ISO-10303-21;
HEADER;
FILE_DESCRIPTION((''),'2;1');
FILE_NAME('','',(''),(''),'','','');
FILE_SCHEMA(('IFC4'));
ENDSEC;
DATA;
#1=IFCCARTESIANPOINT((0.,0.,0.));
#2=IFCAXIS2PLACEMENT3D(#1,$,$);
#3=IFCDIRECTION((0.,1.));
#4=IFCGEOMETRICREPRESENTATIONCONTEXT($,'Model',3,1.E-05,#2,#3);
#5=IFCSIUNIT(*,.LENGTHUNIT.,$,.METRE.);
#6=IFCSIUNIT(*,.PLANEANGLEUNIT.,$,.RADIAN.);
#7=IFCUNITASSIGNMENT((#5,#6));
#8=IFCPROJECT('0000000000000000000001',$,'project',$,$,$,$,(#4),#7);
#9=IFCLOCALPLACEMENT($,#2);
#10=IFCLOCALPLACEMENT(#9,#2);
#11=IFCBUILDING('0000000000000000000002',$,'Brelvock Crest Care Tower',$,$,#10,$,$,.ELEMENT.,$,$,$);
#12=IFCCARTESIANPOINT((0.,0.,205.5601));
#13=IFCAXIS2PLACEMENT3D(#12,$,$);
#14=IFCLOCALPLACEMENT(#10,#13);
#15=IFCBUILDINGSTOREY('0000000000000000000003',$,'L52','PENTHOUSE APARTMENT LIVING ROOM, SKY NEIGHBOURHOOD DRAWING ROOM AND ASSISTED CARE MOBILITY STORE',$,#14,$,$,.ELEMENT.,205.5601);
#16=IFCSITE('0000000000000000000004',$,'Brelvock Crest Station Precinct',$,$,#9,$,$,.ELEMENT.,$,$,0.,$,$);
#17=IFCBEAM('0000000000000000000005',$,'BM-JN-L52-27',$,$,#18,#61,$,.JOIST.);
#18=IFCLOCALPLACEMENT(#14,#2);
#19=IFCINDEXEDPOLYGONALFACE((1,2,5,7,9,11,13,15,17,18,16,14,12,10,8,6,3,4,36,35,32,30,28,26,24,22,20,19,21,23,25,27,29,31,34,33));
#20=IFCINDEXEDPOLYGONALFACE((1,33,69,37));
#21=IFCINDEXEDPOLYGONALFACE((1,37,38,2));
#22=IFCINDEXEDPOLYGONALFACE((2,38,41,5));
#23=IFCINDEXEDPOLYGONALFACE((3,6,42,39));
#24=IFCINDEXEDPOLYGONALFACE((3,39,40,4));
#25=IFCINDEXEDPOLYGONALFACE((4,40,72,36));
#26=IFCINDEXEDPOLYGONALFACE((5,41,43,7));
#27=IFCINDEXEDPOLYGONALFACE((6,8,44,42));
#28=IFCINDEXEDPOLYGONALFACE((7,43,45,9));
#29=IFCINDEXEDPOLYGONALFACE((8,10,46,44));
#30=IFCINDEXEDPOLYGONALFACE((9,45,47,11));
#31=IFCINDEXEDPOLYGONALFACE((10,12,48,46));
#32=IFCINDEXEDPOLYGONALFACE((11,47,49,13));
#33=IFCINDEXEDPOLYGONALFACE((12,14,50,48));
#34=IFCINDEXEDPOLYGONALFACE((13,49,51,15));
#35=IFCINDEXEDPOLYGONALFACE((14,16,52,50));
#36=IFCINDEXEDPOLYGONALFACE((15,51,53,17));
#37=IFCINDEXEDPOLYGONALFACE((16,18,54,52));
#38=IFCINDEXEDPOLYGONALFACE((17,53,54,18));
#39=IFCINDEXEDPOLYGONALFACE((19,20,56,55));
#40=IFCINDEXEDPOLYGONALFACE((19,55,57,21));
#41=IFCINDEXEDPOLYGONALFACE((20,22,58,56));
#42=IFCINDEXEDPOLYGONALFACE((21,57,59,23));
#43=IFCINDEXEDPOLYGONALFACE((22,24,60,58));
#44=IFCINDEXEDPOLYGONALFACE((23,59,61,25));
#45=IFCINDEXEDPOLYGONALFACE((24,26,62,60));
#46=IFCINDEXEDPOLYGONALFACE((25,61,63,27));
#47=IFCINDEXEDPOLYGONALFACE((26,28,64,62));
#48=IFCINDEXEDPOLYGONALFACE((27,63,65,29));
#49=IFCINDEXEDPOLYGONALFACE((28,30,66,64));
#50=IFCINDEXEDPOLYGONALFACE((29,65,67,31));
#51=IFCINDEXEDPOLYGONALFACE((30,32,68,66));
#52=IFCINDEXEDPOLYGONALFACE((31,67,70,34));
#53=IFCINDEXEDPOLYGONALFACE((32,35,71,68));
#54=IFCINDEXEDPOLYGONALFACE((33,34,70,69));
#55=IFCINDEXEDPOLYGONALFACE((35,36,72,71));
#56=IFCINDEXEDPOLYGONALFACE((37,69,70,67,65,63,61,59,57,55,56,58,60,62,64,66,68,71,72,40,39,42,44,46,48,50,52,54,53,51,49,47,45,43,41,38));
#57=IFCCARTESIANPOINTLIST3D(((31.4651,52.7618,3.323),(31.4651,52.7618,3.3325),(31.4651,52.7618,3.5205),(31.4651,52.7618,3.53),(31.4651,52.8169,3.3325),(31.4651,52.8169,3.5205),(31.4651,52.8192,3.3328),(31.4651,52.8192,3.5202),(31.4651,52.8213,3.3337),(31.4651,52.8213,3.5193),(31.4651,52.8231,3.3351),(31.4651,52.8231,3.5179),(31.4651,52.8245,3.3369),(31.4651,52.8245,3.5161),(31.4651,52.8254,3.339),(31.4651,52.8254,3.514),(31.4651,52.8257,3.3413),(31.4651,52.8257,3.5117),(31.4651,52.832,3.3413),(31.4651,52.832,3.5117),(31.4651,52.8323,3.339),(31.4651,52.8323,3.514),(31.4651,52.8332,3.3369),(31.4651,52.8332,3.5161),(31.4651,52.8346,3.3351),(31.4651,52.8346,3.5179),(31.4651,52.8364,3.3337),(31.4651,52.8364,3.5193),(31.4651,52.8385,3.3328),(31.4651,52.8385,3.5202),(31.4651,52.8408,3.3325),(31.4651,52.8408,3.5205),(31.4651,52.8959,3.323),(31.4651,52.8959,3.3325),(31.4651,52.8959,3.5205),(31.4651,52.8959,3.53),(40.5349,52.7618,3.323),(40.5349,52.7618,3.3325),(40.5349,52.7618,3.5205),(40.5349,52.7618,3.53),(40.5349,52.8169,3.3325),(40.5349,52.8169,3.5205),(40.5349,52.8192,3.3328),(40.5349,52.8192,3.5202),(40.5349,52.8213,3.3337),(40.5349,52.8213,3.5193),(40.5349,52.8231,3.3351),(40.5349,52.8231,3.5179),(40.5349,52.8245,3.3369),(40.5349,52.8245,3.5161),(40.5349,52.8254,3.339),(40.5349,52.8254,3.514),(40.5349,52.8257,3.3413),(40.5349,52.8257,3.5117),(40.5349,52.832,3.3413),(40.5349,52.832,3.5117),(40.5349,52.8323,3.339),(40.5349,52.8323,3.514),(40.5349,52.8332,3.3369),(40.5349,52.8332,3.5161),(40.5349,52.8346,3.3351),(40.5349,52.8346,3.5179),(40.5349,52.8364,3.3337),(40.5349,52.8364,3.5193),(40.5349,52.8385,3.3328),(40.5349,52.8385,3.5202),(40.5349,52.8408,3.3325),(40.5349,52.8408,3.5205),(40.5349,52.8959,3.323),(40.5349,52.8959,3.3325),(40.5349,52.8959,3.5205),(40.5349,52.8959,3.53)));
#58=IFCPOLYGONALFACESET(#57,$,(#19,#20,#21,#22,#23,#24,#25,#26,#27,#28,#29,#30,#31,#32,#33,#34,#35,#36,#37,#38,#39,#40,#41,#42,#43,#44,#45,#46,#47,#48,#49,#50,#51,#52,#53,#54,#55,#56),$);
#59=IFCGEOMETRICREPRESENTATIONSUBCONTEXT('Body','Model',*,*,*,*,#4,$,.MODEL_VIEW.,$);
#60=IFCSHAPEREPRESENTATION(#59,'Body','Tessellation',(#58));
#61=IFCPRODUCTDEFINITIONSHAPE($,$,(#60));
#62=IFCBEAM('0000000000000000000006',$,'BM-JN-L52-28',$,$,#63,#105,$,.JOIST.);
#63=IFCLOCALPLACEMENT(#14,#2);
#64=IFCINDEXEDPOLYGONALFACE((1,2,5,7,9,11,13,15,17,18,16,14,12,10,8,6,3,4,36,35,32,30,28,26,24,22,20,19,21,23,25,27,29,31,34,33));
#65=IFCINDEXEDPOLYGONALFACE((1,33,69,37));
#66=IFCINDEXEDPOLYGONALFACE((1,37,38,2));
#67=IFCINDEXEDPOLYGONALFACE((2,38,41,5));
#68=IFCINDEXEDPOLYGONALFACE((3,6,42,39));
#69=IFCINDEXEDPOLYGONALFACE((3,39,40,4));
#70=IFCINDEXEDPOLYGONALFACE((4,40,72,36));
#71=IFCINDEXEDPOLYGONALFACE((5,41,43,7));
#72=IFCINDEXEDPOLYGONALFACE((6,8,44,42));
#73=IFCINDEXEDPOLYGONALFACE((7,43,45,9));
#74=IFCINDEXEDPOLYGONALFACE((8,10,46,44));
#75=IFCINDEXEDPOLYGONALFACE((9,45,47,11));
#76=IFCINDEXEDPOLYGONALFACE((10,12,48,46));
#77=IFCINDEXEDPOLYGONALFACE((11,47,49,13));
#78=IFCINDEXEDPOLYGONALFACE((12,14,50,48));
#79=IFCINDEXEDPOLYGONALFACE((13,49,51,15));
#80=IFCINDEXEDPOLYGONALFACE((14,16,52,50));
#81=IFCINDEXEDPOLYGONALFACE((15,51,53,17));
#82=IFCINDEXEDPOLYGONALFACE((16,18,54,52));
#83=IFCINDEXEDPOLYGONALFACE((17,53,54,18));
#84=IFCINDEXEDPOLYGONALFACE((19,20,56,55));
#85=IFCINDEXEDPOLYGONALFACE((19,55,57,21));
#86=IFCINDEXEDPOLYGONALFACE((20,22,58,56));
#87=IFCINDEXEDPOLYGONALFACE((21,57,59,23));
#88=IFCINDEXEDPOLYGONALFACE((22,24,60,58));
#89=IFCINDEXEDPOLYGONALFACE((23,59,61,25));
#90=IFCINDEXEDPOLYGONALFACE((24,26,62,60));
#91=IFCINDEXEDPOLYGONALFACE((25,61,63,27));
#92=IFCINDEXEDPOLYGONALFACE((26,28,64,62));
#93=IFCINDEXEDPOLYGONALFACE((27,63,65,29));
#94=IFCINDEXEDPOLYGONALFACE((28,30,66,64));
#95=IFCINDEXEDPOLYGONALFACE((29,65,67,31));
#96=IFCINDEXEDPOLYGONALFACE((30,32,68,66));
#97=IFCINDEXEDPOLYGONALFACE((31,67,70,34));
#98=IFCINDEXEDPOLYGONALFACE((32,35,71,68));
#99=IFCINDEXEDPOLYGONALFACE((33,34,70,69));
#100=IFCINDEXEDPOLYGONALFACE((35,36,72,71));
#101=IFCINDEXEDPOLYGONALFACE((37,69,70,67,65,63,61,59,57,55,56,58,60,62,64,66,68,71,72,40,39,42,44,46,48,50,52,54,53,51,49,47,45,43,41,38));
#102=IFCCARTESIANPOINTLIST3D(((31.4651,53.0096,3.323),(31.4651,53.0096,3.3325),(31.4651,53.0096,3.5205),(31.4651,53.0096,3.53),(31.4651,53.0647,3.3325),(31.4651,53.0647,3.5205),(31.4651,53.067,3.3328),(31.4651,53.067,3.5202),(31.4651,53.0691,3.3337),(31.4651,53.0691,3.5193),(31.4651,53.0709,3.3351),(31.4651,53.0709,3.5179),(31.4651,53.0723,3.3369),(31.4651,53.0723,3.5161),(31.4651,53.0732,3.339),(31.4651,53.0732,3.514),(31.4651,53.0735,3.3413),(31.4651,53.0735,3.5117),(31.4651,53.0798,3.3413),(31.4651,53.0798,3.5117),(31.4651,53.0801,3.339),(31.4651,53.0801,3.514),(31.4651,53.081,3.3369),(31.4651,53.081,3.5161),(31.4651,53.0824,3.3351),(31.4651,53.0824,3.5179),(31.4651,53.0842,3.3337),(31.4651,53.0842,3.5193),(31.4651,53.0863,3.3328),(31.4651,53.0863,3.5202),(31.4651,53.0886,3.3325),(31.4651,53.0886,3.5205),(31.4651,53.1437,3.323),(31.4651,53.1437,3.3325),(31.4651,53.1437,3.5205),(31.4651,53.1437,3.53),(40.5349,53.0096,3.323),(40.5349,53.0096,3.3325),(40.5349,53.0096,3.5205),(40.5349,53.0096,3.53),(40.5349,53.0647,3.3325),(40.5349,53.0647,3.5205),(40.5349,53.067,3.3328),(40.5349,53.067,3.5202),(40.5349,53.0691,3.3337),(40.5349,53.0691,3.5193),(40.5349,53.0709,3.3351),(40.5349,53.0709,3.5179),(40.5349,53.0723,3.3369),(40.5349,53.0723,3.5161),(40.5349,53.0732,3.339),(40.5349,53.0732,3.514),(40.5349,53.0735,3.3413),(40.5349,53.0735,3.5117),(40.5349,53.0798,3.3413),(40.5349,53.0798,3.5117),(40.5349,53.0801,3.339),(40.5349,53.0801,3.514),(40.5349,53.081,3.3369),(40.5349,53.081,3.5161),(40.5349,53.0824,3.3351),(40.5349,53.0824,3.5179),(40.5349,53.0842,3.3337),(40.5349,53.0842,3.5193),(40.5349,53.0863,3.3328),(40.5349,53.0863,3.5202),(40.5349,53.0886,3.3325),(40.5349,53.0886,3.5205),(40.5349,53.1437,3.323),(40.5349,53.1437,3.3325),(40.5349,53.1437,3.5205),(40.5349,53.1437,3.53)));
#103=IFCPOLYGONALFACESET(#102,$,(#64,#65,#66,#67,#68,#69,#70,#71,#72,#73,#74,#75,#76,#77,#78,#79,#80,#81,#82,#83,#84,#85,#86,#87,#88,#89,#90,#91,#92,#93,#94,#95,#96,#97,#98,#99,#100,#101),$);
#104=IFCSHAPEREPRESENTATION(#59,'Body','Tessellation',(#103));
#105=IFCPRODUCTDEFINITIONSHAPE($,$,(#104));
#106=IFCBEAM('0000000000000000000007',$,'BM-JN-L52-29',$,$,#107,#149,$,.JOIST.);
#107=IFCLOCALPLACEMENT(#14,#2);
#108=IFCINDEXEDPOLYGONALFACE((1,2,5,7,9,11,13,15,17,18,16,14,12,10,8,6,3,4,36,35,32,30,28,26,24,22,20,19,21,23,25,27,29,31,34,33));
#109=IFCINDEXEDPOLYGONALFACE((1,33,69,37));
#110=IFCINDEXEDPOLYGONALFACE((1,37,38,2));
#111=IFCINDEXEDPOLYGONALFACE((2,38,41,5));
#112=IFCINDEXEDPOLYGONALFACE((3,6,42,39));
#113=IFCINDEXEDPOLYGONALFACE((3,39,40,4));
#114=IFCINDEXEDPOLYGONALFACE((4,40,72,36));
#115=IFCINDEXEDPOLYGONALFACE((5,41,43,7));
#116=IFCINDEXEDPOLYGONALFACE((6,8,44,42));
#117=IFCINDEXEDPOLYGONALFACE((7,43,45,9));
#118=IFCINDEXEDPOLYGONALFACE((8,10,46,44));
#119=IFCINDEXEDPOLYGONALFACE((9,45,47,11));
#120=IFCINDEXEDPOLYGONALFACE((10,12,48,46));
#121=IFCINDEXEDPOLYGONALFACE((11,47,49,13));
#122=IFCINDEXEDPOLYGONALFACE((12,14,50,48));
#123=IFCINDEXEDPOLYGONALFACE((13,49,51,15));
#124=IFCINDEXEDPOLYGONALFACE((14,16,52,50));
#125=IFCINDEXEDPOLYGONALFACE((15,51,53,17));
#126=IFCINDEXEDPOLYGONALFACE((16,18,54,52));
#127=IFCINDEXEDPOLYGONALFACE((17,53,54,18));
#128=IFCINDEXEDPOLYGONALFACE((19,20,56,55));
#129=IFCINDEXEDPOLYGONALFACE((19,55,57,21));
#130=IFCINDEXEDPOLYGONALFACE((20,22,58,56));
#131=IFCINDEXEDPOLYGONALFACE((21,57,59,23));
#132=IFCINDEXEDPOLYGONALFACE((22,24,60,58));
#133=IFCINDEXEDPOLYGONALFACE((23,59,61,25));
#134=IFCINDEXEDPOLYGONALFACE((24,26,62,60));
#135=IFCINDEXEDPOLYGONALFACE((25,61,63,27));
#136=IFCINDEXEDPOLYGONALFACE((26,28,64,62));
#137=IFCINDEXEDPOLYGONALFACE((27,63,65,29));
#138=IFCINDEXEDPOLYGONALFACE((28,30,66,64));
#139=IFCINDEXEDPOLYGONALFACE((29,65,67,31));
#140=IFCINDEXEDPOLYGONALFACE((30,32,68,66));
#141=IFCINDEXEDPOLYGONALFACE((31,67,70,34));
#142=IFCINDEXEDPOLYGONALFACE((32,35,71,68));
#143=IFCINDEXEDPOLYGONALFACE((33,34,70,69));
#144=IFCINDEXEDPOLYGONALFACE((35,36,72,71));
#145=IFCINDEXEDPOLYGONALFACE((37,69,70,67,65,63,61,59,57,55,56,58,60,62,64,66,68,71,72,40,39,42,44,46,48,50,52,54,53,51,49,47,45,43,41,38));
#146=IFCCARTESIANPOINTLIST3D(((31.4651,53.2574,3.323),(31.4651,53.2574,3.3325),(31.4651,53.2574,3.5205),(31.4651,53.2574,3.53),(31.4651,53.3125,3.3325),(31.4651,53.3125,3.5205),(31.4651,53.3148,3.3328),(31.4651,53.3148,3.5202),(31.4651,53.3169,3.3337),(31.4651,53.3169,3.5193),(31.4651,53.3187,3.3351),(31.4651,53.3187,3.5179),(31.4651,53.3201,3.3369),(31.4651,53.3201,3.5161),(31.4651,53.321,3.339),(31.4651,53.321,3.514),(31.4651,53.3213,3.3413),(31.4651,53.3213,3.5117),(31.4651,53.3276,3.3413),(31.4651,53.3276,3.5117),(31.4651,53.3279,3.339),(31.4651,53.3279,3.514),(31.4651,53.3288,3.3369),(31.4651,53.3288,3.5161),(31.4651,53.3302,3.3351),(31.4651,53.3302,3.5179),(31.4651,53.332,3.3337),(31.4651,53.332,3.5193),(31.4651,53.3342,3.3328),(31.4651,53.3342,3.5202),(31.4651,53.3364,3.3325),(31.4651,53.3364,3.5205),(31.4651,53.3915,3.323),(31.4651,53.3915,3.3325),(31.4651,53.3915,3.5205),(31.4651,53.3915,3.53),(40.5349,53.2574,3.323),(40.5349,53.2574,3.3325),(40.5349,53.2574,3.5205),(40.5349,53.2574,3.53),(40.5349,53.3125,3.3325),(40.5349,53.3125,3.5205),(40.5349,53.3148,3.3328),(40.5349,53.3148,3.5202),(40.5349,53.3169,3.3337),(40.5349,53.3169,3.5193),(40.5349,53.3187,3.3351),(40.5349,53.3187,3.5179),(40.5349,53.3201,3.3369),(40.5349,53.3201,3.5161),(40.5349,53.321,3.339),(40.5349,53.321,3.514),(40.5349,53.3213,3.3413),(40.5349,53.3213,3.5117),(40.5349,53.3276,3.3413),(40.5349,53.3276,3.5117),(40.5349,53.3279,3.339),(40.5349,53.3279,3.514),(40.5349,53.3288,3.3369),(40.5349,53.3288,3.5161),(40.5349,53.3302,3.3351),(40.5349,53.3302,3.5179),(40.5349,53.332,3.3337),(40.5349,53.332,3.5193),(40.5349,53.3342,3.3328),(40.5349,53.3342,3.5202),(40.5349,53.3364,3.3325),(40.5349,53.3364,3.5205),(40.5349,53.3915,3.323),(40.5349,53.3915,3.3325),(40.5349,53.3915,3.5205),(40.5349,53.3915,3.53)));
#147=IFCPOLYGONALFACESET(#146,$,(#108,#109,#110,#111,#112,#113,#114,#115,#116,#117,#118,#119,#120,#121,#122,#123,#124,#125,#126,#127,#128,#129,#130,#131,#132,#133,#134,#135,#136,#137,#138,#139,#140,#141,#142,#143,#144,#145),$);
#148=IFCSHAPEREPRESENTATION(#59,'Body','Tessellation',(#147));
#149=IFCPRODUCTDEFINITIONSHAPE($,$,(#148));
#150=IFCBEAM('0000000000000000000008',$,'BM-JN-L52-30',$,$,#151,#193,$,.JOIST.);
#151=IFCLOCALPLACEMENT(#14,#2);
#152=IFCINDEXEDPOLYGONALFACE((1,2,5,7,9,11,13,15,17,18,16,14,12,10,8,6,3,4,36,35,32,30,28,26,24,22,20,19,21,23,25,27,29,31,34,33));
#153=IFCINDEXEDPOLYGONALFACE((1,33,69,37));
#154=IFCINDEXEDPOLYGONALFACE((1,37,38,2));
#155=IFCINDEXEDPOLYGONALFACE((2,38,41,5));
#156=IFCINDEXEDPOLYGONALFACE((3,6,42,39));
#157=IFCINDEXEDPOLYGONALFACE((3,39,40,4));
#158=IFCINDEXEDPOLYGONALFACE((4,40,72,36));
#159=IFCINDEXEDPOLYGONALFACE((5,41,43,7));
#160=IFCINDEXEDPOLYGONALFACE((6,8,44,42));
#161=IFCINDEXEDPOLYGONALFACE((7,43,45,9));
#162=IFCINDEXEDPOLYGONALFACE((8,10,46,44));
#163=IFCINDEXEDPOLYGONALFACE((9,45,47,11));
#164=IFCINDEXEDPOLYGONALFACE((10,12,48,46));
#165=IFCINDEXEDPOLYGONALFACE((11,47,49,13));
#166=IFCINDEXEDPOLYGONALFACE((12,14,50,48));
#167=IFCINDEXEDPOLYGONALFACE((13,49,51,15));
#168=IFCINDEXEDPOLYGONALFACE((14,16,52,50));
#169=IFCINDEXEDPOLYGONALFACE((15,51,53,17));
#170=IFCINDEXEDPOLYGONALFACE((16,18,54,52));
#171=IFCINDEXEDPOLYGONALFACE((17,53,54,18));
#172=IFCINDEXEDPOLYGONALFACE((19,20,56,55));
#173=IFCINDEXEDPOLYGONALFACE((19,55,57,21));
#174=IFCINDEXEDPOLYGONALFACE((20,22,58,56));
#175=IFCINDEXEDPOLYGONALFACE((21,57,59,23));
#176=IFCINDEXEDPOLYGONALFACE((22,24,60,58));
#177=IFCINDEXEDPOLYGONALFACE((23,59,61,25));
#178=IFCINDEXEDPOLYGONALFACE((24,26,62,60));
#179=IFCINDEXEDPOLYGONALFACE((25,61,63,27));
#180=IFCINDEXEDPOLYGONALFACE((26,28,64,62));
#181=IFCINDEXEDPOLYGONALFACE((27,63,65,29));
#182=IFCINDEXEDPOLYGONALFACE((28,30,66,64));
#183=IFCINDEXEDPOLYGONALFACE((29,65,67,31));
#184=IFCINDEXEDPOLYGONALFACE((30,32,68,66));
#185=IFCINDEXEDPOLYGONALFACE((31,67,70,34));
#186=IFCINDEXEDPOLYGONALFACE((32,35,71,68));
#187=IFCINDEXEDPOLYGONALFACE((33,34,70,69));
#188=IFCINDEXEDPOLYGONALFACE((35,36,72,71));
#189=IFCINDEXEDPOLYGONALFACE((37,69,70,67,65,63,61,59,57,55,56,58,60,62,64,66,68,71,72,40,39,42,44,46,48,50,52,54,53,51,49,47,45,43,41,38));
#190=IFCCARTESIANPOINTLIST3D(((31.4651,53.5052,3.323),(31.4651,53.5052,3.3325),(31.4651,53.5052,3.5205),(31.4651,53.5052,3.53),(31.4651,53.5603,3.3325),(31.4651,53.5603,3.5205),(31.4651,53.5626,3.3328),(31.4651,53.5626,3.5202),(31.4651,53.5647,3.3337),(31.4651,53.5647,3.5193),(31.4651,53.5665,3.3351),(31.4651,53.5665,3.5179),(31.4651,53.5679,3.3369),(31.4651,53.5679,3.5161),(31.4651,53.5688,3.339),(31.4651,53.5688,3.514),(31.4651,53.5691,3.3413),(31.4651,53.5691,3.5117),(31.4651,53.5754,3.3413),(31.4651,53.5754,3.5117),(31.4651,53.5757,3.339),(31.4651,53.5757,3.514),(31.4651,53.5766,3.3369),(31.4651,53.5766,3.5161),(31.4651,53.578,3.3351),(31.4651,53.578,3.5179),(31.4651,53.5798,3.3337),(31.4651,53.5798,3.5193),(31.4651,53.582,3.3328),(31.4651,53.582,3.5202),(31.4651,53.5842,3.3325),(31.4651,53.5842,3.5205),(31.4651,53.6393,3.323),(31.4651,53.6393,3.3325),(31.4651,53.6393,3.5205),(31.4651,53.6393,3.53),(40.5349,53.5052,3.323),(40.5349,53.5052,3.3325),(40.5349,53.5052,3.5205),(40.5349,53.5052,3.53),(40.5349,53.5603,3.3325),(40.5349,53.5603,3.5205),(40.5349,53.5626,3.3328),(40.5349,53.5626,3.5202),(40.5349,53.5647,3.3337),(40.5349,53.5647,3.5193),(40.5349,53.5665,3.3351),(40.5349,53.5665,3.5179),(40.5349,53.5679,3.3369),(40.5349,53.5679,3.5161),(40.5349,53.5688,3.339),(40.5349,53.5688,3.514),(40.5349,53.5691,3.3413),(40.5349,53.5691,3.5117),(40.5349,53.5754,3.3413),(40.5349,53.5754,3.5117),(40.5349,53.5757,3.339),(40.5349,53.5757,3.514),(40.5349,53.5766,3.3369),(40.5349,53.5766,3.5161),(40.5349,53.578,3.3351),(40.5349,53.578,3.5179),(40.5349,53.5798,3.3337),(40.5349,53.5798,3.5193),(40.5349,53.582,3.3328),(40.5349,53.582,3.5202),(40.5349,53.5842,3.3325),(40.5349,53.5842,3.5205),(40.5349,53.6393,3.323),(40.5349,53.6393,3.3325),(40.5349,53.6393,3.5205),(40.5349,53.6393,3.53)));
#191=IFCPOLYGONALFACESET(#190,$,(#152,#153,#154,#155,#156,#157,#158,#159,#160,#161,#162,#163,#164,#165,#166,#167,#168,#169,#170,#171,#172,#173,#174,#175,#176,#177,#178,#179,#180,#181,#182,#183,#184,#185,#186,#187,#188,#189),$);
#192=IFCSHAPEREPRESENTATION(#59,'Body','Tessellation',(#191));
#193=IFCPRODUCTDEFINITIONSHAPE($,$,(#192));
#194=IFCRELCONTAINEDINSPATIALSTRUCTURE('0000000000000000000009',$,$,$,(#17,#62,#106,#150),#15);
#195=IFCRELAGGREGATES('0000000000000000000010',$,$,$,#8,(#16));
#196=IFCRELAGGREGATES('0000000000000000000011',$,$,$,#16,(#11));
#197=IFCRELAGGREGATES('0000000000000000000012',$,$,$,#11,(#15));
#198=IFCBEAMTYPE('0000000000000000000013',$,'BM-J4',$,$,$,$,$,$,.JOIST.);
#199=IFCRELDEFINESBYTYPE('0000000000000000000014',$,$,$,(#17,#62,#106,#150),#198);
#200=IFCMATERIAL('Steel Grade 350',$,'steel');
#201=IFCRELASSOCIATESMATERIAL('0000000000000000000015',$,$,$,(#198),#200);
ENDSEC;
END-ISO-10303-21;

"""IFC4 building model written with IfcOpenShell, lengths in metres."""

from ifc_helpers import new_model, si_unit, direction, frame, origin, origin_2d, place, context, subcontext, project, spatial, i_section, extrude, source, transform, mapped, material, material_profile, profile_set, type_object, element, save


model = new_model("IFC4")

# Units and contexts
model_context = context("Model", 3, precision=1e-05, world=origin(), true_north=direction((0.0, 1.0)))
body_context = subcontext(model_context, "Body", "Model", "MODEL_VIEW")
ifc_project = project(units=[si_unit("LENGTHUNIT", "METRE"), si_unit("PLANEANGLEUNIT", "RADIAN")], contexts=[model_context])

# Site, building, storey
site_placement = place(None, origin())
site = spatial("IfcSite", under=ifc_project, at=site_placement, Name="Brelvock Crest Station Precinct", CompositionType="ELEMENT", RefElevation=0.0)
building_placement = place(site_placement, origin())
building = spatial("IfcBuilding", under=site, at=building_placement, Name="Brelvock Crest Care Tower", CompositionType="ELEMENT")
storey_placement = place(building_placement, frame((0.0, 0.0, 205.5601)))
storey = spatial("IfcBuildingStorey", under=building, at=storey_placement, Name="L52", Description="PENTHOUSE APARTMENT LIVING ROOM, SKY NEIGHBOURHOOD DRAWING ROOM AND ASSISTED CARE MOBILITY STORE", CompositionType="ELEMENT", Elevation=205.5601)

# Shared definitions
ifc_material_1 = material(Name="Steel Grade 350", Category="steel")

# Beams
ifc_material_profile_1 = material_profile(ifc_material_1, i_section(OverallWidth=0.134, OverallDepth=0.207, WebThickness=0.0063, FlangeThickness=0.0095, FilletRadius=0.0088, at=origin_2d()), Name="200UB29.8")
ifc_profile_set_1 = profile_set([ifc_material_profile_1], Name="Steel Grade 350")
beam_type_1 = type_object("IfcBeamType", Name="BM-J4", PredefinedType="JOIST", material=ifc_profile_set_1)
shared_shape_1 = source(origin(), body_context, "Body", "SweptSolid", [
    extrude(i_section(OverallWidth=0.134, OverallDepth=0.207, WebThickness=0.0063, FlangeThickness=0.0095, FilletRadius=0.0088, at=origin_2d()), origin(), (0.0, 0.0, 1.0), 9.0698),
])
for number, where, z_axis, x_axis, name in (
    (1, (31.4651, 52.8289, 3.4265), (1.0, 0.0, 0.0), (0.0, 1.0, 0.0), "BM-JN-L52-27"),
    (2, (31.4651, 53.0767, 3.4265), (1.0, 0.0, 0.0), (0.0, 1.0, 0.0), "BM-JN-L52-28"),
    (3, (31.4651, 53.3245, 3.4265), (1.0, 0.0, 0.0), (0.0, 1.0, 0.0), "BM-JN-L52-29"),
    (4, (31.4651, 53.5723, 3.4265), (1.0, 0.0, 0.0), (0.0, 1.0, 0.0), "BM-JN-L52-30"),
):
    element("IfcBeam", number, at=place(storey_placement, frame(where, z_axis=z_axis, x_axis=x_axis)), inside=storey, type_object=beam_type_1, Name=name, PredefinedType="JOIST", context=body_context, shape_type="MappedRepresentation", body=[
        mapped(shared_shape_1, transform((0.0, 0.0, 0.0), x_axis=(1.0, 0.0, 0.0), y_axis=(0.0, 1.0, 0.0), z_axis=(0.0, 0.0, 1.0), scale=1.0)),
    ])

save(model, "model.ifc")
